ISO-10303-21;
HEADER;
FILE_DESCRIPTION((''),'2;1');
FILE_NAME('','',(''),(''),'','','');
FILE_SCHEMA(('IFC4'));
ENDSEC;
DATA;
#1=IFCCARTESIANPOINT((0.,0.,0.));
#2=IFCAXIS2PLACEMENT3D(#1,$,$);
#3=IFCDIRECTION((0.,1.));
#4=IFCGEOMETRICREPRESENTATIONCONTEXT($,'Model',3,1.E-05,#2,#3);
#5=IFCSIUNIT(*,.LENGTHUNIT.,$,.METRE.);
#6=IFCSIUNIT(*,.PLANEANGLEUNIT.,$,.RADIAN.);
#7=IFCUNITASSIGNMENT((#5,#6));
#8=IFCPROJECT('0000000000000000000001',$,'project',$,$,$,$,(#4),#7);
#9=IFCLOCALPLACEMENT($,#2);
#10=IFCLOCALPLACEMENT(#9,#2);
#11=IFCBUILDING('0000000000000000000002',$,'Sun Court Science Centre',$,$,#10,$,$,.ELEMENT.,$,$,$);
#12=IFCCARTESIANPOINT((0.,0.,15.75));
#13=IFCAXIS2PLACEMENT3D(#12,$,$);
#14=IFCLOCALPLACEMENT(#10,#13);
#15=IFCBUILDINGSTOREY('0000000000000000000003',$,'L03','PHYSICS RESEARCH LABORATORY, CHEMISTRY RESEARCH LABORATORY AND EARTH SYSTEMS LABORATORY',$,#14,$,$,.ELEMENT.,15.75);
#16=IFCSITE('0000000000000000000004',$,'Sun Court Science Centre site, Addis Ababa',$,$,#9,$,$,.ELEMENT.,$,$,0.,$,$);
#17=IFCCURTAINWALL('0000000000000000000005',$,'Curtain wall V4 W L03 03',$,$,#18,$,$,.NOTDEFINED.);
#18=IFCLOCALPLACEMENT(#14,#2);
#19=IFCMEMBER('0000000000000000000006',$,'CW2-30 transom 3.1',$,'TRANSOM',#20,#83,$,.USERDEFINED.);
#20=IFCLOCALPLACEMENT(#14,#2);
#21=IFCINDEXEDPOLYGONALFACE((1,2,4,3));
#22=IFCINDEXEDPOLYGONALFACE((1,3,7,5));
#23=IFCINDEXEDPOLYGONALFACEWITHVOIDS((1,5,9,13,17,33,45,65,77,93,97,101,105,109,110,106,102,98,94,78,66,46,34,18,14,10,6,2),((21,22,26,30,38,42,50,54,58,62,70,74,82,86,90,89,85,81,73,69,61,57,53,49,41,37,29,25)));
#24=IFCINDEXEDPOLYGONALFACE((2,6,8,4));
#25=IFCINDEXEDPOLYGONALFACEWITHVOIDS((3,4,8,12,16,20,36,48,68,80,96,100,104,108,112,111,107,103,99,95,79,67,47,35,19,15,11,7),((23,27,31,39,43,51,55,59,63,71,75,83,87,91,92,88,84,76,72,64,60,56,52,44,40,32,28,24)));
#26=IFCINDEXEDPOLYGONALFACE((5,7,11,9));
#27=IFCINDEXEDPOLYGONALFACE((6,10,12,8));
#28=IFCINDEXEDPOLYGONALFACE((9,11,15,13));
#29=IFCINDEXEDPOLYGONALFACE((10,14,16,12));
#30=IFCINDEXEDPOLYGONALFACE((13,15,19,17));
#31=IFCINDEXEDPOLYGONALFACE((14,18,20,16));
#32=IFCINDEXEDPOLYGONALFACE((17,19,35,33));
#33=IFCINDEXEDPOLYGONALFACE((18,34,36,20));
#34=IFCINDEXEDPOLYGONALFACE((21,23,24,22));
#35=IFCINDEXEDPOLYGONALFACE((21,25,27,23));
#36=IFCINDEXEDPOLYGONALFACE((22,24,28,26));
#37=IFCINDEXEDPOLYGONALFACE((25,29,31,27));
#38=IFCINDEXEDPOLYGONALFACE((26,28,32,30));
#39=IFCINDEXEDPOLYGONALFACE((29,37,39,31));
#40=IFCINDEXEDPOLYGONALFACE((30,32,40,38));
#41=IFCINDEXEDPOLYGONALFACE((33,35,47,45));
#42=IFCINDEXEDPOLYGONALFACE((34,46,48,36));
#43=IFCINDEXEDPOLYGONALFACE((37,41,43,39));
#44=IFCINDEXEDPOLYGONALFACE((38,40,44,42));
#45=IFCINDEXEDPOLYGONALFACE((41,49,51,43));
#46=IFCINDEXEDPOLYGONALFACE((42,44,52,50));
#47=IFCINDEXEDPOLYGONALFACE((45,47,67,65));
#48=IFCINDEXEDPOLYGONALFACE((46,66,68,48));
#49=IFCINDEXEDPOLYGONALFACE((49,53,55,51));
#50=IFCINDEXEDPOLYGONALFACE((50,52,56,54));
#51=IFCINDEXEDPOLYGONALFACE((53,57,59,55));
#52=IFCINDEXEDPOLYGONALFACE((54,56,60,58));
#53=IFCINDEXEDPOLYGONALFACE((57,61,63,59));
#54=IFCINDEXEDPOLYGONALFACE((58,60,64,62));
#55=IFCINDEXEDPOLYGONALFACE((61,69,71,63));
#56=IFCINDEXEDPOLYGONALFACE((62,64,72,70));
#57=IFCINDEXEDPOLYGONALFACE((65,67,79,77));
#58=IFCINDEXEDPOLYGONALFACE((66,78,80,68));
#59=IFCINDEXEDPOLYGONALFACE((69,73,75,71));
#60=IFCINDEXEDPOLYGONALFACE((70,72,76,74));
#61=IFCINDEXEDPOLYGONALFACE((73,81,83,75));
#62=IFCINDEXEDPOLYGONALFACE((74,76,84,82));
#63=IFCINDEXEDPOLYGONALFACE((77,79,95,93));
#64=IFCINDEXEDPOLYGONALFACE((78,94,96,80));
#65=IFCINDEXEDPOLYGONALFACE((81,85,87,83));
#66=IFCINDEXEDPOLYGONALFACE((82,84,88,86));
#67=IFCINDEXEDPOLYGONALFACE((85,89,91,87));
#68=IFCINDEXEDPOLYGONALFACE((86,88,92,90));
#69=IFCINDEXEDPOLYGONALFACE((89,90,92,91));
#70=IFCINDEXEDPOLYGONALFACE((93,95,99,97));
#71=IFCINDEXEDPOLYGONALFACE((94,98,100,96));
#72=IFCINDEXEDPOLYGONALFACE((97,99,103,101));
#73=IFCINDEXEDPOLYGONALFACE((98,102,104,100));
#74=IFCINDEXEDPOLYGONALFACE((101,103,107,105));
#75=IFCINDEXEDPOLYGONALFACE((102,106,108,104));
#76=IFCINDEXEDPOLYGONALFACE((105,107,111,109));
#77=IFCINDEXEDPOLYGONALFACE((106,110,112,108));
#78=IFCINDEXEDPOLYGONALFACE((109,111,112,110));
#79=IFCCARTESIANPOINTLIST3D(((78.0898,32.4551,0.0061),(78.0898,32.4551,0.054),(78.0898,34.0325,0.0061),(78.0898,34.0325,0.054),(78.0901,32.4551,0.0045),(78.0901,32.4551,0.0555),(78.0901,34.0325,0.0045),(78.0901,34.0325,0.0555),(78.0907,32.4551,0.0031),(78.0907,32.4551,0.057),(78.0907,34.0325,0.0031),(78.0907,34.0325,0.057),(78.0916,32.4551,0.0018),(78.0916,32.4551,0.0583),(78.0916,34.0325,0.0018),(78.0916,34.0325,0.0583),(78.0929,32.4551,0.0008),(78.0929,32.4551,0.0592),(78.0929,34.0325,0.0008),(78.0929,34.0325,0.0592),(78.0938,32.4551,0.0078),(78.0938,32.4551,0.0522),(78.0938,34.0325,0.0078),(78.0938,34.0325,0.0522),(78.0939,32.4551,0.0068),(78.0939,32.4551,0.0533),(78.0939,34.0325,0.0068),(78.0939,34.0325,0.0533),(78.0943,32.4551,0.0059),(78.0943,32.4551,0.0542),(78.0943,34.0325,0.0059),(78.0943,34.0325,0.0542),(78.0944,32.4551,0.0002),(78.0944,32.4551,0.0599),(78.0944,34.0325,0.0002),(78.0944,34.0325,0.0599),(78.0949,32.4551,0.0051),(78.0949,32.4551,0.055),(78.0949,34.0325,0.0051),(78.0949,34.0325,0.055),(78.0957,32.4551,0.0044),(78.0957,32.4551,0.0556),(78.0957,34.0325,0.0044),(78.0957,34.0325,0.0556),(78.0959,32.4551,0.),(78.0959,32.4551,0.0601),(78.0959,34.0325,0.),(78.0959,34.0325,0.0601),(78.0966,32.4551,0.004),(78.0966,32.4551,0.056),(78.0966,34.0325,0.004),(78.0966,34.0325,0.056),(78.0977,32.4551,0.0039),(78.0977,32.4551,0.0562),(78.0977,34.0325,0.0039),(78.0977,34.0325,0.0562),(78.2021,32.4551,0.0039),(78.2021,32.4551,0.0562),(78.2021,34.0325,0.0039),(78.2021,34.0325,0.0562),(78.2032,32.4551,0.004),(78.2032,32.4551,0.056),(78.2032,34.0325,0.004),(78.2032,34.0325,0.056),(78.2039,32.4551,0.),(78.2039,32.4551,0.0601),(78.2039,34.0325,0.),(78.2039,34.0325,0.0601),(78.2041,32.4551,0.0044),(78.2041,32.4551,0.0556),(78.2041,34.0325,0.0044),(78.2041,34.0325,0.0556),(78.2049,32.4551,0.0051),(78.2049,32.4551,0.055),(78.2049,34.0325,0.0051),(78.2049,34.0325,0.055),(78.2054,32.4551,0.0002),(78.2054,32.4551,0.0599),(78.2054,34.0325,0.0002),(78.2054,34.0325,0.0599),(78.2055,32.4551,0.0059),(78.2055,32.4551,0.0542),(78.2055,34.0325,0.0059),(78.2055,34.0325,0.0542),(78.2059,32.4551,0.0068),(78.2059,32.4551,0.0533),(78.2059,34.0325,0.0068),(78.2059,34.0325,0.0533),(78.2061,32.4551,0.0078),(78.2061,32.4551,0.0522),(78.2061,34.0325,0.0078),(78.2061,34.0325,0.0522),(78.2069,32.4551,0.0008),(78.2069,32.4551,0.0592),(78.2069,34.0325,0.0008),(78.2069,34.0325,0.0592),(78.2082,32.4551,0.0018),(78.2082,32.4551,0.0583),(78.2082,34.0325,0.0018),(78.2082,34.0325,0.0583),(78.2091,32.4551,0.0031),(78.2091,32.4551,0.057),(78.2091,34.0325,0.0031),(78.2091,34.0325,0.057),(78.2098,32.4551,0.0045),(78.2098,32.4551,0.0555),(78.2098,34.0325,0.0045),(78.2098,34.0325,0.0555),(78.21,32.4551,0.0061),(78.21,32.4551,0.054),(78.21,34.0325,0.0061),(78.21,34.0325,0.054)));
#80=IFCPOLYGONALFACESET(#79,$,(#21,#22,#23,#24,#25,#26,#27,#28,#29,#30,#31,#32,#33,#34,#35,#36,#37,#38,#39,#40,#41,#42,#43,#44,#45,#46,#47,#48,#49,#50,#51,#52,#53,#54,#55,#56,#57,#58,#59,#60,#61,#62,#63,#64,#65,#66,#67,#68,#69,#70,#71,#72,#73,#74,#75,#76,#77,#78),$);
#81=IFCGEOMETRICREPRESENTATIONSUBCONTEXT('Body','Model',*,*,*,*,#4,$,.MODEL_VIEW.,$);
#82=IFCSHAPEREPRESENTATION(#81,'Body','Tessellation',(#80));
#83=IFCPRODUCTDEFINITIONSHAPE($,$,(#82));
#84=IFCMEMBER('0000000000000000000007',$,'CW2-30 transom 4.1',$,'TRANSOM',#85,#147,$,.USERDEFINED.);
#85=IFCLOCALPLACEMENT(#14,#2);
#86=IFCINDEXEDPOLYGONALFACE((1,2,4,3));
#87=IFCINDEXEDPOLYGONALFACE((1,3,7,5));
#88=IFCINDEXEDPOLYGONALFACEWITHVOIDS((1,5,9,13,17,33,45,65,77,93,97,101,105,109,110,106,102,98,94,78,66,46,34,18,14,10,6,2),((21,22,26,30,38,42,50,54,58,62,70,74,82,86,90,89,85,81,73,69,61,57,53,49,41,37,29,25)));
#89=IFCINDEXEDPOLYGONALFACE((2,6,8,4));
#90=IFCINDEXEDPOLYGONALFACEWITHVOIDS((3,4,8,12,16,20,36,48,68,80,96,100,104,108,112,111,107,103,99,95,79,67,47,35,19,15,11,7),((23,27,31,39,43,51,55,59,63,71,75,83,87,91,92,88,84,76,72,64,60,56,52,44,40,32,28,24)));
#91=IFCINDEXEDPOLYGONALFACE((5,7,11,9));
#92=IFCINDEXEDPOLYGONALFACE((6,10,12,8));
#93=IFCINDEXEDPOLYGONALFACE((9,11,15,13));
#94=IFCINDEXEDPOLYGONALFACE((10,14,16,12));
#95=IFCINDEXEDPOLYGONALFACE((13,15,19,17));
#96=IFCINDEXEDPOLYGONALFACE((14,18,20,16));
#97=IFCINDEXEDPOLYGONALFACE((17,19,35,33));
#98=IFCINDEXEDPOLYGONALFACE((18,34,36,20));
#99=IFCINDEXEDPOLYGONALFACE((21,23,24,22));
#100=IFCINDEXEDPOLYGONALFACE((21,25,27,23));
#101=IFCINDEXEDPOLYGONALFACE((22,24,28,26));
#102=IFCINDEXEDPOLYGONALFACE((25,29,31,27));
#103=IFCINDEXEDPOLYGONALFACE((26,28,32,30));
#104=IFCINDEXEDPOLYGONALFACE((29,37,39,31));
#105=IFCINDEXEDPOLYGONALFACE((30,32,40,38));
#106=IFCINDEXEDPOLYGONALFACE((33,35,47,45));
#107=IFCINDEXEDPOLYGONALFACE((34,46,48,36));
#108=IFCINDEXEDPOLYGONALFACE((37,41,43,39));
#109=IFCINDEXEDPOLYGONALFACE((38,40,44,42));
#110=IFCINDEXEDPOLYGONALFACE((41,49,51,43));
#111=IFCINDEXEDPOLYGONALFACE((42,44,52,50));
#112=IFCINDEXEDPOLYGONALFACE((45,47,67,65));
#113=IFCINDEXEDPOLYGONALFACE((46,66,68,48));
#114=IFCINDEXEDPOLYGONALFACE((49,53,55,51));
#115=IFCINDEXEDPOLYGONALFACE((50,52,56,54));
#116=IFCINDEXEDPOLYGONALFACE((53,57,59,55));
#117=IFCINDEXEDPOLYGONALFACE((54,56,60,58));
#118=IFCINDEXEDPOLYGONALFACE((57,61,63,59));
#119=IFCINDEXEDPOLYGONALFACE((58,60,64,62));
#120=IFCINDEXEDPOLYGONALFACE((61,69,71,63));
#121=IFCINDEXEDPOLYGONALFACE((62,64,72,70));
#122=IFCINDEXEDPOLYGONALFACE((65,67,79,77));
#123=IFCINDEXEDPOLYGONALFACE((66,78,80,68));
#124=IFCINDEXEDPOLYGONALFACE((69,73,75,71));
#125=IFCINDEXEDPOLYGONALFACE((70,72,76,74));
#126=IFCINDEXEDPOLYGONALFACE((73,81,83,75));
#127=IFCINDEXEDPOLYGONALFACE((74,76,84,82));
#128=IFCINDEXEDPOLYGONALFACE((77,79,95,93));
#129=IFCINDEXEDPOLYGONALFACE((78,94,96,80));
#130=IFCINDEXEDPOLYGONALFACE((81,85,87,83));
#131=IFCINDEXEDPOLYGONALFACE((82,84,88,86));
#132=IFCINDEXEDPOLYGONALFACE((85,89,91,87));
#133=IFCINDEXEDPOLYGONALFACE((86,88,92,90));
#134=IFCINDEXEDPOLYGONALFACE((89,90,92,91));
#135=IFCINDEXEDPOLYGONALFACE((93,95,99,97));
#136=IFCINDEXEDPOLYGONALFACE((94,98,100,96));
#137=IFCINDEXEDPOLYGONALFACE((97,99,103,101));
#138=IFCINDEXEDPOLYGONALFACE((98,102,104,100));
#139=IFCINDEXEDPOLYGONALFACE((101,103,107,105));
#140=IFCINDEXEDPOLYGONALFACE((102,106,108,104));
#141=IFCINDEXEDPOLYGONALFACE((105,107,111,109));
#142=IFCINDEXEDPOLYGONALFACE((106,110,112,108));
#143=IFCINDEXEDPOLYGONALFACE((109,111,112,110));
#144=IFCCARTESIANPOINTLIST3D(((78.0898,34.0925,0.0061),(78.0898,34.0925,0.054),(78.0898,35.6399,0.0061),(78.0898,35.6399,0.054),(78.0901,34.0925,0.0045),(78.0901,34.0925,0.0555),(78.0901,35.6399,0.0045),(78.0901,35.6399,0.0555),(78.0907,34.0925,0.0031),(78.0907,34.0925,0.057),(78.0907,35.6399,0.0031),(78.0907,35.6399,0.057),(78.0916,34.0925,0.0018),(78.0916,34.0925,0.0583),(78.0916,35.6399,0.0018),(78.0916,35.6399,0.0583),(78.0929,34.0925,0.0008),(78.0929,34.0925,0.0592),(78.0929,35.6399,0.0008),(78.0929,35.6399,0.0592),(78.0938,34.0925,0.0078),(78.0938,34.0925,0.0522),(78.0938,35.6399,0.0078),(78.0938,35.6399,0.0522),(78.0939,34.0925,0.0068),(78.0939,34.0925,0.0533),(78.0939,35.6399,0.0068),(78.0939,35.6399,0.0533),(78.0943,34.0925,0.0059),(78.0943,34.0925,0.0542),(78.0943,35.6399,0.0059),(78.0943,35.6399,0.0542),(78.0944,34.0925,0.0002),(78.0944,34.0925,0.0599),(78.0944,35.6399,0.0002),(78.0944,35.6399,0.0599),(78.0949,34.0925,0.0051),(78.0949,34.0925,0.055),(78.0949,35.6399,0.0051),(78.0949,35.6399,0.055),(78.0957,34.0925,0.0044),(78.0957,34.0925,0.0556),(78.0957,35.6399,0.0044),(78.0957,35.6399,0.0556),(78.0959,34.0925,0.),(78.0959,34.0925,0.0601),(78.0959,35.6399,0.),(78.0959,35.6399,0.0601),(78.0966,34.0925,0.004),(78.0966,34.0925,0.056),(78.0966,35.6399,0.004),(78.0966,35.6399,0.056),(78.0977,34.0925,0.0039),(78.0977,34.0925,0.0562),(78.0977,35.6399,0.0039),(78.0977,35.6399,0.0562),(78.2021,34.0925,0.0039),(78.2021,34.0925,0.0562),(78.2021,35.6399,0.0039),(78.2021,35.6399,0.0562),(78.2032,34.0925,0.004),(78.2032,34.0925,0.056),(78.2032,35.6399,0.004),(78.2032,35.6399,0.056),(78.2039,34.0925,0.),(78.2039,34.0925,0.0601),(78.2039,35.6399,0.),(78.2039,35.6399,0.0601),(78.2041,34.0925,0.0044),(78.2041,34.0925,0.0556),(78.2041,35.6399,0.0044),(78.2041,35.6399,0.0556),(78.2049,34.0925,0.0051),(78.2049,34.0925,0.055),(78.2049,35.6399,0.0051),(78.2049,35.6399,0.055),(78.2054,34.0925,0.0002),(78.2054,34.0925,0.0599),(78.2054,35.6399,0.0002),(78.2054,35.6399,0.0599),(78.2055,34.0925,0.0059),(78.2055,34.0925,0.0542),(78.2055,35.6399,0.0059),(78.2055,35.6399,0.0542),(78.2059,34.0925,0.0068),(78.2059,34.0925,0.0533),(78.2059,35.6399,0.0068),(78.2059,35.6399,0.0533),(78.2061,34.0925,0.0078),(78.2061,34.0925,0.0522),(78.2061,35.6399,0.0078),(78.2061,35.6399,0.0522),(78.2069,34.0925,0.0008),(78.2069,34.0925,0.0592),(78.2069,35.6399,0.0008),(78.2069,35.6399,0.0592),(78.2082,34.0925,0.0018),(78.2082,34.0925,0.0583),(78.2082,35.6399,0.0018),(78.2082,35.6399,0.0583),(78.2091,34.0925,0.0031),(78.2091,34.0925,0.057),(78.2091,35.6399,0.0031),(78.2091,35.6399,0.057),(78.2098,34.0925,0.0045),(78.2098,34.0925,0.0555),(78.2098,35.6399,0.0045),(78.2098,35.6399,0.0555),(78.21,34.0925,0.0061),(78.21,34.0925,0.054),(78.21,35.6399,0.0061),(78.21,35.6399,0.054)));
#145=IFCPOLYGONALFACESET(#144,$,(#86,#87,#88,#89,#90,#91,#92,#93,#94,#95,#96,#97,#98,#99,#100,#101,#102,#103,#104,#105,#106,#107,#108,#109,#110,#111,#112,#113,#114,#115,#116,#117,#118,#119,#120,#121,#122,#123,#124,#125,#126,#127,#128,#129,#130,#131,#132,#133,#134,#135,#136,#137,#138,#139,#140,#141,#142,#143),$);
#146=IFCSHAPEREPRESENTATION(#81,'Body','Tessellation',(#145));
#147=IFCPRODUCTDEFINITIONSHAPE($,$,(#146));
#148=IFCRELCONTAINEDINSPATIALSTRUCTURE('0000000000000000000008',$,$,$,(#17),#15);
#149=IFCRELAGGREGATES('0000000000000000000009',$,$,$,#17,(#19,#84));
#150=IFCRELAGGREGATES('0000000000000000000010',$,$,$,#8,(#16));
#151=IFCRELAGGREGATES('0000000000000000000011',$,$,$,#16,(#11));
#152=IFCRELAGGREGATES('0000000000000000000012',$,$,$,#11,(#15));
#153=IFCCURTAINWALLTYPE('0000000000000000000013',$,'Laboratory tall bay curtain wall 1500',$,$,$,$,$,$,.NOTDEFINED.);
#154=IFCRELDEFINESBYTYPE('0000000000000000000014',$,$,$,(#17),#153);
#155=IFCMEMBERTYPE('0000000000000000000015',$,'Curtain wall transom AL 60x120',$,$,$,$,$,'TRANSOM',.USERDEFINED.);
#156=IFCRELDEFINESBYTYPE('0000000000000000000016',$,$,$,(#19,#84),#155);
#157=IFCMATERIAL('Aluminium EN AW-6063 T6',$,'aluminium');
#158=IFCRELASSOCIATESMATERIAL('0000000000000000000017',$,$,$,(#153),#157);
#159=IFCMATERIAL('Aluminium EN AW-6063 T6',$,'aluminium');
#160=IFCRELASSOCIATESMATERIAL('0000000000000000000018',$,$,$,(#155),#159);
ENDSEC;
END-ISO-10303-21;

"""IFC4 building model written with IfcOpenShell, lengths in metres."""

from ifc_helpers import new_model, si_unit, direction, frame, origin, origin_2d, place, context, subcontext, project, spatial, hollow_rectangle, extrude, material, material_profile, profile_set, type_object, element, aggregate, save


model = new_model("IFC4")

# Units and contexts
model_context = context("Model", 3, precision=1e-05, world=origin(), true_north=direction((0.0, 1.0)))
body_context = subcontext(model_context, "Body", "Model", "MODEL_VIEW")
ifc_project = project(units=[si_unit("LENGTHUNIT", "METRE"), si_unit("PLANEANGLEUNIT", "RADIAN")], contexts=[model_context])

# Site, building, storey
site_placement = place(None, origin())
site = spatial("IfcSite", under=ifc_project, at=site_placement, Name="Sun Court Science Centre site, Addis Ababa", CompositionType="ELEMENT", RefElevation=0.0)
building_placement = place(site_placement, origin())
building = spatial("IfcBuilding", under=site, at=building_placement, Name="Sun Court Science Centre", CompositionType="ELEMENT")
storey_placement = place(building_placement, frame((0.0, 0.0, 15.75)))
storey = spatial("IfcBuildingStorey", under=building, at=storey_placement, Name="L03", Description="PHYSICS RESEARCH LABORATORY, CHEMISTRY RESEARCH LABORATORY AND EARTH SYSTEMS LABORATORY", CompositionType="ELEMENT", Elevation=15.75)

# Curtain wall
ifc_material_1 = material(Name="Aluminium EN AW-6063 T6", Category="aluminium")
curtain_wall_type = type_object("IfcCurtainWallType", Name="Laboratory tall bay curtain wall 1500", PredefinedType="NOTDEFINED", material=ifc_material_1)
curtain_wall_1_placement = place(storey_placement, origin())
curtain_wall_1 = element("IfcCurtainWall", 1, at=curtain_wall_1_placement, inside=storey, type_object=curtain_wall_type, Name="Curtain wall V4 W L03 03", PredefinedType="NOTDEFINED")

# Members
ifc_material_2 = material(Name="Aluminium EN AW-6063 T6", Category="aluminium")
ifc_material_profile_1 = material_profile(ifc_material_2, hollow_rectangle(XDim=0.0601, YDim=0.1201, WallThickness=0.0039, InnerFilletRadius=0.0039, OuterFilletRadius=0.0061, at=origin_2d()), Name="AL 60x120x4")
ifc_profile_set_1 = profile_set([ifc_material_profile_1], Name="Aluminium EN AW-6063 T6")
member_type_1 = type_object("IfcMemberType", Name="Curtain wall transom AL 60x120", ElementType="TRANSOM", PredefinedType="USERDEFINED", material=ifc_profile_set_1)
member_1_placement = place(storey_placement, frame((78.1499, 32.4551, 0.03), z_axis=(0.0, 1.0, 0.0), x_axis=(0.0, 0.0, 1.0)))
member_1 = element("IfcMember", 2, at=member_1_placement, type_object=member_type_1, Name="CW2-30 transom 3.1", ObjectType="TRANSOM", PredefinedType="USERDEFINED", context=body_context, shape_type="SweptSolid", body=[
    extrude(hollow_rectangle(XDim=0.0601, YDim=0.1201, WallThickness=0.0039, InnerFilletRadius=0.0039, OuterFilletRadius=0.0061, at=origin_2d()), origin(), (0.0, 0.0, 1.0), 1.5774),
])
member_2_placement = place(storey_placement, frame((78.1499, 34.0925, 0.03), z_axis=(0.0, 1.0, 0.0), x_axis=(0.0, 0.0, 1.0)))
member_2 = element("IfcMember", 3, at=member_2_placement, type_object=member_type_1, Name="CW2-30 transom 4.1", ObjectType="TRANSOM", PredefinedType="USERDEFINED", context=body_context, shape_type="SweptSolid", body=[
    extrude(hollow_rectangle(XDim=0.0601, YDim=0.1201, WallThickness=0.0039, InnerFilletRadius=0.0039, OuterFilletRadius=0.0061, at=origin_2d()), origin(), (0.0, 0.0, 1.0), 1.5474),
])

aggregate(curtain_wall_1, [member_1, member_2])

save(model, "model.ifc")
